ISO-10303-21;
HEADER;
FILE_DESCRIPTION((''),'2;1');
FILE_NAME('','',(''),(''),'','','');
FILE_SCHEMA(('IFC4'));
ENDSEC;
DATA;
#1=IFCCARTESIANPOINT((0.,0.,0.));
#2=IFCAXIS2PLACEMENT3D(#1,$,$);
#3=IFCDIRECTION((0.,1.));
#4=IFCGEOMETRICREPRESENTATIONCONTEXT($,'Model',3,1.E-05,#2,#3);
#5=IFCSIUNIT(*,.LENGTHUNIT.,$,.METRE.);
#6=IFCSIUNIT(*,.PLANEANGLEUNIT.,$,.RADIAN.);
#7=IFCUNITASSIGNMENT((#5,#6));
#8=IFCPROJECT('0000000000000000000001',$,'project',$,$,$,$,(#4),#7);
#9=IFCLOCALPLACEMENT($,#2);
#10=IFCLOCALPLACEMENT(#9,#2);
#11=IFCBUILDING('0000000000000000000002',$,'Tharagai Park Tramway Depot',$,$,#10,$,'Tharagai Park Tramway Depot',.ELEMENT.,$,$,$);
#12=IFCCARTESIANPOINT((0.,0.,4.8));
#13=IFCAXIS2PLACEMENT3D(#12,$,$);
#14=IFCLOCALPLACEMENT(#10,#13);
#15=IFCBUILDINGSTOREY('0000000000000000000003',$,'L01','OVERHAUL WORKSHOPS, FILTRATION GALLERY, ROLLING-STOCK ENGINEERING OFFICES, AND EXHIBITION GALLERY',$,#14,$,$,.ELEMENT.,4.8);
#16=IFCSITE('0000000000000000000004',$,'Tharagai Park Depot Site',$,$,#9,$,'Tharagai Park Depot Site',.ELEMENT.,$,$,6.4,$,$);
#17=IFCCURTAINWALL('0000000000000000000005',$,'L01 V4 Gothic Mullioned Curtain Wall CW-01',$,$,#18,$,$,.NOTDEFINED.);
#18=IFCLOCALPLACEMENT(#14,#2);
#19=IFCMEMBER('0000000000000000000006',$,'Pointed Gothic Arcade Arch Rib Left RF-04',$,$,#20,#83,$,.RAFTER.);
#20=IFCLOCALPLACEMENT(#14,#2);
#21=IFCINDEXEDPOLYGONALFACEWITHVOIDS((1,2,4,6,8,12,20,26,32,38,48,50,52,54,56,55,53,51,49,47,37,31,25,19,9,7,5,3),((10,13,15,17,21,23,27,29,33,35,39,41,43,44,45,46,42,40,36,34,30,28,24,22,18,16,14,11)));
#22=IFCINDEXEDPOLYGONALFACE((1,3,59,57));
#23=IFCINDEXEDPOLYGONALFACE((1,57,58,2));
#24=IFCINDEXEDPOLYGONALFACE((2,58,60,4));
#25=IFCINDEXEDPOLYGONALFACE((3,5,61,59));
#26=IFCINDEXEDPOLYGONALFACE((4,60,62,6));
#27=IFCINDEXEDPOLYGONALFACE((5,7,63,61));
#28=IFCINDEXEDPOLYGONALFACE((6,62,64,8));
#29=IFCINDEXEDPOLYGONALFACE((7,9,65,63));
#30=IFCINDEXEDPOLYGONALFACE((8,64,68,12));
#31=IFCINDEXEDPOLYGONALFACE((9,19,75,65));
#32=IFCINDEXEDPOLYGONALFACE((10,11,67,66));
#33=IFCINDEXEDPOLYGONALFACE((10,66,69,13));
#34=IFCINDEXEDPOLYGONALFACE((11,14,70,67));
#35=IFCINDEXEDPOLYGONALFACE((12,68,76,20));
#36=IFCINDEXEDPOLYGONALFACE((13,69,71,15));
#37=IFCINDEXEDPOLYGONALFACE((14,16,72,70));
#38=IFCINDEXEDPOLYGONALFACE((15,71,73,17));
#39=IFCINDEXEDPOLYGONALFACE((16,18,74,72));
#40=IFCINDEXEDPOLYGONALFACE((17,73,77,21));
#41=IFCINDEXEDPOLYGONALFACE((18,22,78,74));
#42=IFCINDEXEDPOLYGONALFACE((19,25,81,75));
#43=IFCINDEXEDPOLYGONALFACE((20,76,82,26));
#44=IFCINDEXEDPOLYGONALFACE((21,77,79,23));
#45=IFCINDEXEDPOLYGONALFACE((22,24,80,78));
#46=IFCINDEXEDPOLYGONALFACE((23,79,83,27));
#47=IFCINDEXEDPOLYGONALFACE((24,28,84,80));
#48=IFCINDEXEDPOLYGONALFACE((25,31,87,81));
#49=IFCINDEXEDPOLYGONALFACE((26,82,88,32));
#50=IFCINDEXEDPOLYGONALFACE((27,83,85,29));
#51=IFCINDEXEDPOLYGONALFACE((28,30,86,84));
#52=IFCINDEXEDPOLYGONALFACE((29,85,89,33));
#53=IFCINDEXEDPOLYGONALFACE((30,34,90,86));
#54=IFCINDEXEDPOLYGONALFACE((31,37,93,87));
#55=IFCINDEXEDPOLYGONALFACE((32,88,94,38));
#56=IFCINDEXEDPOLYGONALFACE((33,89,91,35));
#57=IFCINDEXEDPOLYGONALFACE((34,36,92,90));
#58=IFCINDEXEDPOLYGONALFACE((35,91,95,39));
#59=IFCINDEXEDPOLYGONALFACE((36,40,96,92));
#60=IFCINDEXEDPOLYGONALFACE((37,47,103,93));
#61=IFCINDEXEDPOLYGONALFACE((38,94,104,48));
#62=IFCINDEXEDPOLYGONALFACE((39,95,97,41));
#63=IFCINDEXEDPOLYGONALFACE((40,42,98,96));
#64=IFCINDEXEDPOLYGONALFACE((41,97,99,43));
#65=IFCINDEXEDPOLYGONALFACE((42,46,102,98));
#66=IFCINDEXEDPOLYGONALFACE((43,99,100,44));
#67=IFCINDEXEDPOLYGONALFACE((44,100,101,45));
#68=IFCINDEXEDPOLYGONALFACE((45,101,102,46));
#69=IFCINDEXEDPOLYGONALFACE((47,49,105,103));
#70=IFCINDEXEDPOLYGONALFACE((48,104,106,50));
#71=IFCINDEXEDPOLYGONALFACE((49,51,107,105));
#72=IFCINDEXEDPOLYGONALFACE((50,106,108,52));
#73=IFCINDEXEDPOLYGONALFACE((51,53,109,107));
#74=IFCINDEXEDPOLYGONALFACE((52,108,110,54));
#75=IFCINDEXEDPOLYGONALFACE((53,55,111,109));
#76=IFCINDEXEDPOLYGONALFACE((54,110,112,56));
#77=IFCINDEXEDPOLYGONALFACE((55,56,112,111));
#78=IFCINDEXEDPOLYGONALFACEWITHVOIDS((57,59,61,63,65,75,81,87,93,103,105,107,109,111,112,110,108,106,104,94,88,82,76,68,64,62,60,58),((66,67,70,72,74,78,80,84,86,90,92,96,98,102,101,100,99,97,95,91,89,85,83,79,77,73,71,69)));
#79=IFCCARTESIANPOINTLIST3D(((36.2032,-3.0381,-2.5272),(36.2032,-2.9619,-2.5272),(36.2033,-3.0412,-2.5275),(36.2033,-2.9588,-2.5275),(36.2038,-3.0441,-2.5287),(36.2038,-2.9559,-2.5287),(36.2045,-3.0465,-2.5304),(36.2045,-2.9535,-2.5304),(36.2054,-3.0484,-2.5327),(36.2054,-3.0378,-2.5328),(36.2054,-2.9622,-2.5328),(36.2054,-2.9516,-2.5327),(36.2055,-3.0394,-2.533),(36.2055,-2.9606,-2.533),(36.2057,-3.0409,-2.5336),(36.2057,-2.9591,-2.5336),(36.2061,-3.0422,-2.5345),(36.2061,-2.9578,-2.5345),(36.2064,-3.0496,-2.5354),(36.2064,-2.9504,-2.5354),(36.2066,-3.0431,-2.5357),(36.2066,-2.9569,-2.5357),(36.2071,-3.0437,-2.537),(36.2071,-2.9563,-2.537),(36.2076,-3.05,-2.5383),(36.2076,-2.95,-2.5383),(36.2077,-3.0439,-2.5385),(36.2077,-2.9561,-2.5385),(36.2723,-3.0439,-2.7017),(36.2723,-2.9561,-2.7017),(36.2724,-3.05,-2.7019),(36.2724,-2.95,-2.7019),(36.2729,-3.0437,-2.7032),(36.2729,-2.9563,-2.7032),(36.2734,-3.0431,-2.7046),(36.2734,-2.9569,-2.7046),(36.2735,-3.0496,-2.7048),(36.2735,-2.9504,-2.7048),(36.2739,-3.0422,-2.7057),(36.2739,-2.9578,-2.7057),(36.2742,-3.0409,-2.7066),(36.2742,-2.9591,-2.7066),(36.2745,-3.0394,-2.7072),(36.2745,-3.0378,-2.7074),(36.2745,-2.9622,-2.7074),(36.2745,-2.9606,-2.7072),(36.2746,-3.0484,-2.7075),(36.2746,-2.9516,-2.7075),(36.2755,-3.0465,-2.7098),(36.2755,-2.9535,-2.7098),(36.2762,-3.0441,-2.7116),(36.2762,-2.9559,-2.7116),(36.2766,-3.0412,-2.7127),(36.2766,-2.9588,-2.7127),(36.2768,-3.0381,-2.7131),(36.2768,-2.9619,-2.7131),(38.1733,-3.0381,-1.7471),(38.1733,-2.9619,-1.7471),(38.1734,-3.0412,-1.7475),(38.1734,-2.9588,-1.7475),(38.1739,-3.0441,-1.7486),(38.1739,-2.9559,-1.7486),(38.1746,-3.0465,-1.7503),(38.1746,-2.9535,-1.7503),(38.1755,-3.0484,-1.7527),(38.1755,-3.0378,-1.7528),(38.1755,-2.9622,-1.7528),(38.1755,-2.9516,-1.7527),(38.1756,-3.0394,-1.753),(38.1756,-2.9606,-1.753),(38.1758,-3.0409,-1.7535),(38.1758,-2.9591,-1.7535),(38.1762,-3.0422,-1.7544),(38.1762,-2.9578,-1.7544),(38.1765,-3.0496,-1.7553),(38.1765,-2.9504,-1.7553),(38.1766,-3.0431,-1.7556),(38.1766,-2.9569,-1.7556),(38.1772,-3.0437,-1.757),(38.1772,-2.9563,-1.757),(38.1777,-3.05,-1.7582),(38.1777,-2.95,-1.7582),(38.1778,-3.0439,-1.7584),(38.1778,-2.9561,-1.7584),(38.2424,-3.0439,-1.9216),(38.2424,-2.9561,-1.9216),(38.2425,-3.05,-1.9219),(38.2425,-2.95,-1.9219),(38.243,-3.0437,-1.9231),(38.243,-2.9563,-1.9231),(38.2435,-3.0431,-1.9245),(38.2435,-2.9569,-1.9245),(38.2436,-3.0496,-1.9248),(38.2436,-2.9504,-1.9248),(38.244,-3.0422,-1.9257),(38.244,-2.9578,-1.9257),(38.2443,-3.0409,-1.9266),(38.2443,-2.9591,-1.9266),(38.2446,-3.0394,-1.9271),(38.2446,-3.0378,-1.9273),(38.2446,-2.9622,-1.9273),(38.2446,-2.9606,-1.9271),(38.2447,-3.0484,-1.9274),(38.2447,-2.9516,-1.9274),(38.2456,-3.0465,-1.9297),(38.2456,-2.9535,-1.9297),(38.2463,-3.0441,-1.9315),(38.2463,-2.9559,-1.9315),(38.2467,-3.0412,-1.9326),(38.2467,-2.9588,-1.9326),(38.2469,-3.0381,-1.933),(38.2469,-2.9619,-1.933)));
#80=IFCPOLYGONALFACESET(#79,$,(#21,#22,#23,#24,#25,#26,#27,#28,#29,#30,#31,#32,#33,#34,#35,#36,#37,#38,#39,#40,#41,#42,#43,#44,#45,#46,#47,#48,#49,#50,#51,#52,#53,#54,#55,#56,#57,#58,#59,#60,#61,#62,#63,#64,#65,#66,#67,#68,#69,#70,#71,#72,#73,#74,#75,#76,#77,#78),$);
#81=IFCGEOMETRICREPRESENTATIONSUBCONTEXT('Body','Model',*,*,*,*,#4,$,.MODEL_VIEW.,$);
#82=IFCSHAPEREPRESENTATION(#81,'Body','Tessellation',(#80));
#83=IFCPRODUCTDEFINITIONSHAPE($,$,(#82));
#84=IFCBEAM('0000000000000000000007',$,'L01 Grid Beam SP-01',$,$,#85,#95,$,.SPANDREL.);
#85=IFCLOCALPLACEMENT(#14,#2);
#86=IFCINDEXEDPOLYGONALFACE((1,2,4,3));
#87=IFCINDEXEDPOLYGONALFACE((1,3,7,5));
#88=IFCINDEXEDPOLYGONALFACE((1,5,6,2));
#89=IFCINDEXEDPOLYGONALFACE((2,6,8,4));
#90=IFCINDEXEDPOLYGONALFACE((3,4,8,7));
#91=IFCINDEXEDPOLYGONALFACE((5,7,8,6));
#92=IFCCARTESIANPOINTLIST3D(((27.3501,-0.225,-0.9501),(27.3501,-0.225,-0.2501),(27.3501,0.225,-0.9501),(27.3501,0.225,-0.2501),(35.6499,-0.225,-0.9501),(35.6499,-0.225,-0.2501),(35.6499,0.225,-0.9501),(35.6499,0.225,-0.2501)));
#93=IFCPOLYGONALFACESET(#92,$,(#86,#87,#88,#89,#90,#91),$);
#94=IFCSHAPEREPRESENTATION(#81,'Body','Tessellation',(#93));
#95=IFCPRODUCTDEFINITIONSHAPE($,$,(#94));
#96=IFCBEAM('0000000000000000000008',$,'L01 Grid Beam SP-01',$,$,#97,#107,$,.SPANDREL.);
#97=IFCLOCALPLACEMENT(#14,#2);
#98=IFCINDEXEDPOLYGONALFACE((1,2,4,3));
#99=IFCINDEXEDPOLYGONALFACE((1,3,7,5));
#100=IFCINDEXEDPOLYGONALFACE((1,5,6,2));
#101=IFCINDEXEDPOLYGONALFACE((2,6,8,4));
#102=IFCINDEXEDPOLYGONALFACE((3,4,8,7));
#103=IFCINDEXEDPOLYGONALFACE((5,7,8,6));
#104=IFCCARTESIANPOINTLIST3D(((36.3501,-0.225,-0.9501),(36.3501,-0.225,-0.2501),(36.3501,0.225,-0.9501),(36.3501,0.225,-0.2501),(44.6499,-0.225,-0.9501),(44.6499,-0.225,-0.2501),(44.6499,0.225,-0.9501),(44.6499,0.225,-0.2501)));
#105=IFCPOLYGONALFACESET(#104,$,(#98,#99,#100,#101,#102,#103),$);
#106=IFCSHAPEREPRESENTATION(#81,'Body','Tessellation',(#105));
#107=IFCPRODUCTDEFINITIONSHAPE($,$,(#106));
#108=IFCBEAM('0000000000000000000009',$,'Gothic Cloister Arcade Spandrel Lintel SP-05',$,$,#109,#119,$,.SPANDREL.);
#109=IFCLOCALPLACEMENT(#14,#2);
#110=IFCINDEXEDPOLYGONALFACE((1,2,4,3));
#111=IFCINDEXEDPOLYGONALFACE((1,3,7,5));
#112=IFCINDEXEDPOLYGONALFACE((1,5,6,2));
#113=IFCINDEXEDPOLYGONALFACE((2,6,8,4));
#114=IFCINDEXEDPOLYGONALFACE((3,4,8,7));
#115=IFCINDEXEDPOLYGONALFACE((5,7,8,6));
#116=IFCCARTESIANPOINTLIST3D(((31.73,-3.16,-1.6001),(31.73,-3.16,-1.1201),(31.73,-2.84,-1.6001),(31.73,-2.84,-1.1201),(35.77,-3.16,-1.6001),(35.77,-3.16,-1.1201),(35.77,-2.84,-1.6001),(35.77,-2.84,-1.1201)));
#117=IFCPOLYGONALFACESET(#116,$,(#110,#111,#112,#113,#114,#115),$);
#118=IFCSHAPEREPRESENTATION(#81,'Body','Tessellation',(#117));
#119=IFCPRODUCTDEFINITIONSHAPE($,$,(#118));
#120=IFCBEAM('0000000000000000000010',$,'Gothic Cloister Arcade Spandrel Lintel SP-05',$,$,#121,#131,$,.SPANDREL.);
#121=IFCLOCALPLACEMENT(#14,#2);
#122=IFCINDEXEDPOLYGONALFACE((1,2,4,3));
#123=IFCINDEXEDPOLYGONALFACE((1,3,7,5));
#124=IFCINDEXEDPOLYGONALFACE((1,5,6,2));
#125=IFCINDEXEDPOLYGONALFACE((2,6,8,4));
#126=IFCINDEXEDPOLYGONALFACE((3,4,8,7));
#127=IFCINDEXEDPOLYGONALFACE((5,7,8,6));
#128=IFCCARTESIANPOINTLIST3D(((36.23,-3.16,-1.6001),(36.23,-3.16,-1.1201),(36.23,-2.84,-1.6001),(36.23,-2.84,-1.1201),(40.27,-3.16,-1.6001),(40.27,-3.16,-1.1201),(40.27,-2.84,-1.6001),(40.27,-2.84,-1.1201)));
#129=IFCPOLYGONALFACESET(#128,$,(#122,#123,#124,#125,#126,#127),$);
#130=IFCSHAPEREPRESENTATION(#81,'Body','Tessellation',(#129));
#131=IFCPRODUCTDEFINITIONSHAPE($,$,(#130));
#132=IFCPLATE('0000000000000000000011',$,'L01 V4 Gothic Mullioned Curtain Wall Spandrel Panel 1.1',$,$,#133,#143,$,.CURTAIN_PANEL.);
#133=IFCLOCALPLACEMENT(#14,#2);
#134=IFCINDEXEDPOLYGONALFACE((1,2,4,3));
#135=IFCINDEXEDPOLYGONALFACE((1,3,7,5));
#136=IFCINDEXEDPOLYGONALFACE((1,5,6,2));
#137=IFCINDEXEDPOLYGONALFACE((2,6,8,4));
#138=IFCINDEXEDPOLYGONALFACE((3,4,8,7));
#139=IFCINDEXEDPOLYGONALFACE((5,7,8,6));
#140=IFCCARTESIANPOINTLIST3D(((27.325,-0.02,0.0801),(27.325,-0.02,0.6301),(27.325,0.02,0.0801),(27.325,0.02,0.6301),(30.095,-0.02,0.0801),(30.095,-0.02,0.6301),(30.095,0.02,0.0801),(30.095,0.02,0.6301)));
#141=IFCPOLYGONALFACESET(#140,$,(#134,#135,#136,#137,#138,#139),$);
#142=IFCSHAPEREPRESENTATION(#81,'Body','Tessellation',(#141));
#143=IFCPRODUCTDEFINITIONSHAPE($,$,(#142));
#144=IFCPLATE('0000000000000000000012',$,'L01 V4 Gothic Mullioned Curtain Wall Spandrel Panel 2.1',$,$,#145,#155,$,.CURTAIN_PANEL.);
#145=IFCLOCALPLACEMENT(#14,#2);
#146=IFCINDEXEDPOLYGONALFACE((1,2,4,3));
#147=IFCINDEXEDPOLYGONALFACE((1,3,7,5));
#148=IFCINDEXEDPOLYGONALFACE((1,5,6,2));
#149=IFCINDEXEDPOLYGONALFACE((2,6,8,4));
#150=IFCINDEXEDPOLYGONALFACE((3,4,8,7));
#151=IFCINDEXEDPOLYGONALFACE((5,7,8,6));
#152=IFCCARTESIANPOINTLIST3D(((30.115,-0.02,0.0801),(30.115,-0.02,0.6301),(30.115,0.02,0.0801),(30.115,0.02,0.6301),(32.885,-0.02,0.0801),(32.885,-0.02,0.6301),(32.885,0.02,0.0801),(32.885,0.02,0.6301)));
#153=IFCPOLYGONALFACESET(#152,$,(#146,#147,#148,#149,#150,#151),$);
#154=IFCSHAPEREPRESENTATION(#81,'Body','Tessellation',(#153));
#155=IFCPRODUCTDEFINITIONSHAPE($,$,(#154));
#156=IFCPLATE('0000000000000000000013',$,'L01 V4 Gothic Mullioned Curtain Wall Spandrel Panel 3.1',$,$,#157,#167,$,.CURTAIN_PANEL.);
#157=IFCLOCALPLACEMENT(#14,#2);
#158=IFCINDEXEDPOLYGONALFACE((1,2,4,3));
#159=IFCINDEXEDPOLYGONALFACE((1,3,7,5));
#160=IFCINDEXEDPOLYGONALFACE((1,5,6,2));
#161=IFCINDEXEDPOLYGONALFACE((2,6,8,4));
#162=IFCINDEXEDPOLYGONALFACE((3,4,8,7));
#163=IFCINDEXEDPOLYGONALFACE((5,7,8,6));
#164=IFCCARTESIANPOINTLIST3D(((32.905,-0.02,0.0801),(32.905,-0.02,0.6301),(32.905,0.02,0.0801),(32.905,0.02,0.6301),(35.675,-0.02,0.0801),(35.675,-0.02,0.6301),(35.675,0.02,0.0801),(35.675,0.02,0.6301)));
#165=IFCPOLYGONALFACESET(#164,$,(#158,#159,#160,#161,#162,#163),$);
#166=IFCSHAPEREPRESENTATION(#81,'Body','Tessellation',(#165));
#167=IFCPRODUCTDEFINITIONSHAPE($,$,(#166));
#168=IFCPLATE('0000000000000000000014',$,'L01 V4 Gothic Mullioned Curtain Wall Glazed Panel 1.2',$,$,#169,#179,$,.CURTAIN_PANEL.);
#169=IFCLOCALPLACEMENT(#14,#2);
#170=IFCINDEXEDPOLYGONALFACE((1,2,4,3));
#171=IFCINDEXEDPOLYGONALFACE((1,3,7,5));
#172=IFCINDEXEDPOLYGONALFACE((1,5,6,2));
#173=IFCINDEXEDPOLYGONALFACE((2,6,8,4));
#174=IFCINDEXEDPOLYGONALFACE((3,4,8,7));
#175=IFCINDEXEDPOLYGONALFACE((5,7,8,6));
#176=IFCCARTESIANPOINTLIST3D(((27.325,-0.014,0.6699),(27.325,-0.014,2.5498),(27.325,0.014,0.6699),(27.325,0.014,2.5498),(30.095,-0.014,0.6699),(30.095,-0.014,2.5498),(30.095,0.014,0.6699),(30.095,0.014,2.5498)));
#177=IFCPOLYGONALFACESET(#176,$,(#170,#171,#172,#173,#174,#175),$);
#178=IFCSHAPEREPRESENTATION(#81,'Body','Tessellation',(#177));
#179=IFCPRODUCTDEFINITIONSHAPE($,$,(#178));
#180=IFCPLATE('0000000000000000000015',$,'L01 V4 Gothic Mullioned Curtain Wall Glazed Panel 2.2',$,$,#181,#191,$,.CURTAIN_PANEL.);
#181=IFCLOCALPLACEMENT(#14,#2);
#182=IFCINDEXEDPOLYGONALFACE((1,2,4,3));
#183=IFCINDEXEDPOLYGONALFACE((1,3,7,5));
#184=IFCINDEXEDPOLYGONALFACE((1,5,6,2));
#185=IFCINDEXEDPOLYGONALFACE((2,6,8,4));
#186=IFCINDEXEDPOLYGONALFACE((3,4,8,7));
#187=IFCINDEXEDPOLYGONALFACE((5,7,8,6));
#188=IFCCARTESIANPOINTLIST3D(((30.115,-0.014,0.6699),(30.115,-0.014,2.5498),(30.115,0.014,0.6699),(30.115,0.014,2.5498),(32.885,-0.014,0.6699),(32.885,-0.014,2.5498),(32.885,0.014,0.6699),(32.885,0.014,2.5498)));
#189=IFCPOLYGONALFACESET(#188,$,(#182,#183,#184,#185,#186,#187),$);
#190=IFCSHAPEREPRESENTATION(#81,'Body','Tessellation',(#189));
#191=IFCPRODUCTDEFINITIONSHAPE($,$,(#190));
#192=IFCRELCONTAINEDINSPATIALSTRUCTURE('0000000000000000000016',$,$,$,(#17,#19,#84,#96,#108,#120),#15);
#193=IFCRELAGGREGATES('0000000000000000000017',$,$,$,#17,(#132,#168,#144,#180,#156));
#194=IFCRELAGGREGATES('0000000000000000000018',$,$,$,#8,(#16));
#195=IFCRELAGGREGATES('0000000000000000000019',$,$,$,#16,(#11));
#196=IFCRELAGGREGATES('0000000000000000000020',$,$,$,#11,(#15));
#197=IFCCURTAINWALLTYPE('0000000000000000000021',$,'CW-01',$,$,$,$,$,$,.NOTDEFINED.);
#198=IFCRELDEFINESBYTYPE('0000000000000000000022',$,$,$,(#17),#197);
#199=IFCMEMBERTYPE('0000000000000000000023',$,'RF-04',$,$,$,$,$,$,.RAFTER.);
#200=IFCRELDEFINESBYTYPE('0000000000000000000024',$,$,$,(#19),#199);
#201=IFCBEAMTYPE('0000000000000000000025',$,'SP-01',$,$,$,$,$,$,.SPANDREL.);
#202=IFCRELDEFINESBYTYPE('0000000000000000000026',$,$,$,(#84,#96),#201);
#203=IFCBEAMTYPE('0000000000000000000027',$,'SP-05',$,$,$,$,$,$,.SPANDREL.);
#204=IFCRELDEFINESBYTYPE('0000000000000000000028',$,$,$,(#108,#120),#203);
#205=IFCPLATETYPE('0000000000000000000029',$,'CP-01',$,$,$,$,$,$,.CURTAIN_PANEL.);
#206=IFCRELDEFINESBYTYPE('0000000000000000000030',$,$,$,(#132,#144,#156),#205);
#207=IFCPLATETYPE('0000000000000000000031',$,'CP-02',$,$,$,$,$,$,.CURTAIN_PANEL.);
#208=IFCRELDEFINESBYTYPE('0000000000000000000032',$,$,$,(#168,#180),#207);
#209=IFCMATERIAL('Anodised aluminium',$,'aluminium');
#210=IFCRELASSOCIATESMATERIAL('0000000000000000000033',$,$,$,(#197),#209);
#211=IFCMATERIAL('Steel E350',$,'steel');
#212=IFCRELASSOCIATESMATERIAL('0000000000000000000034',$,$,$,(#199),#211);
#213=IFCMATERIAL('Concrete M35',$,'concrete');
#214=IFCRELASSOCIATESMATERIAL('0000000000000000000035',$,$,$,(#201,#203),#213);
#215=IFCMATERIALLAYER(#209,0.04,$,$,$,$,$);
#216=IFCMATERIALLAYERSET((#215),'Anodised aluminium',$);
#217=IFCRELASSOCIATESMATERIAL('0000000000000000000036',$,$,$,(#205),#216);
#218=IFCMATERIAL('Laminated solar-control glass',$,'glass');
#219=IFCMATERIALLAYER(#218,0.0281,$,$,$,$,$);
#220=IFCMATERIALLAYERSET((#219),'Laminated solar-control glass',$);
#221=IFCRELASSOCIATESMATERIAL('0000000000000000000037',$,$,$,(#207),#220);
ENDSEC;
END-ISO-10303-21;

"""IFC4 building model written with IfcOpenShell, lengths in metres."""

from ifc_helpers import new_model, si_unit, direction, frame, origin, origin_2d, place, context, subcontext, project, spatial, rectangle, hollow_rectangle, extrude, material, layer, layer_set, material_profile, profile_set, type_object, element, aggregate, save


model = new_model("IFC4")

# Units and contexts
model_context = context("Model", 3, precision=1e-05, world=origin(), true_north=direction((0.0, 1.0)))
body_context = subcontext(model_context, "Body", "Model", "MODEL_VIEW")
ifc_project = project(units=[si_unit("LENGTHUNIT", "METRE"), si_unit("PLANEANGLEUNIT", "RADIAN")], contexts=[model_context])

# Site, building, storey
site_placement = place(None, origin())
site = spatial("IfcSite", under=ifc_project, at=site_placement, Name="Tharagai Park Depot Site", LongName="Tharagai Park Depot Site", CompositionType="ELEMENT", RefElevation=6.4)
building_placement = place(site_placement, origin())
building = spatial("IfcBuilding", under=site, at=building_placement, Name="Tharagai Park Tramway Depot", LongName="Tharagai Park Tramway Depot", CompositionType="ELEMENT")
storey_placement = place(building_placement, frame((0.0, 0.0, 4.8)))
storey = spatial("IfcBuildingStorey", under=building, at=storey_placement, Name="L01", Description="OVERHAUL WORKSHOPS, FILTRATION GALLERY, ROLLING-STOCK ENGINEERING OFFICES, AND EXHIBITION GALLERY", CompositionType="ELEMENT", Elevation=4.8)

# Shared definitions
ifc_material_1 = material(Name="Concrete M35", Category="concrete")

# Curtain wall
ifc_material_2 = material(Name="Anodised aluminium", Category="aluminium")
curtain_wall_type = type_object("IfcCurtainWallType", Name="CW-01", PredefinedType="NOTDEFINED", material=ifc_material_2)
curtain_wall_placement = place(storey_placement, origin())
curtain_wall = element("IfcCurtainWall", 1, at=curtain_wall_placement, inside=storey, type_object=curtain_wall_type, Name="L01 V4 Gothic Mullioned Curtain Wall CW-01", PredefinedType="NOTDEFINED")

# Member
ifc_material_3 = material(Name="Steel E350", Category="steel")
ifc_material_profile_1 = material_profile(ifc_material_3, hollow_rectangle(XDim=0.1001, YDim=0.2, WallThickness=0.0061, InnerFilletRadius=0.0061, OuterFilletRadius=0.012, at=origin_2d()), Name="RHS 200x100x6")
ifc_profile_set_1 = profile_set([ifc_material_profile_1], Name="Steel E350")
member_type_1 = type_object("IfcMemberType", Name="RF-04", PredefinedType="RAFTER", material=ifc_profile_set_1)
for number, where, z_axis, x_axis, name in (
    (2, (36.24, -3.0, -2.6201), (0.929766, 0.0, 0.36815), (0.0, 1.0, 0.0), "Pointed Gothic Arcade Arch Rib Left RF-04"),
):
    element("IfcMember", number, at=place(storey_placement, frame(where, z_axis=z_axis, x_axis=x_axis)), inside=storey, type_object=member_type_1, Name=name, PredefinedType="RAFTER", context=body_context, shape_type="SweptSolid", body=[
        extrude(hollow_rectangle(XDim=0.1001, YDim=0.2, WallThickness=0.0061, InnerFilletRadius=0.0061, OuterFilletRadius=0.012, at=origin_2d()), origin(), (0.0, 0.0, 1.0), 2.1189),
    ])

# Beams
ifc_material_profile_2 = material_profile(ifc_material_1, rectangle(XDim=0.45, YDim=0.7, at=origin_2d()), Name="RC 450x700")
ifc_profile_set_2 = profile_set([ifc_material_profile_2], Name="Concrete M35")
beam_type_1 = type_object("IfcBeamType", Name="SP-01", PredefinedType="SPANDREL", material=ifc_profile_set_2)
for number, where, z_axis, x_axis, name in (
    (3, (27.3501, 0.0, -0.6001), (1.0, 0.0, 0.0), (0.0, 1.0, 0.0), "L01 Grid Beam SP-01"),
    (4, (36.3501, 0.0, -0.6001), (1.0, 0.0, 0.0), (0.0, 1.0, 0.0), "L01 Grid Beam SP-01"),
):
    element("IfcBeam", number, at=place(storey_placement, frame(where, z_axis=z_axis, x_axis=x_axis)), inside=storey, type_object=beam_type_1, Name=name, PredefinedType="SPANDREL", context=body_context, shape_type="SweptSolid", body=[
        extrude(rectangle(XDim=0.45, YDim=0.7, at=origin_2d()), origin(), (0.0, 0.0, 1.0), 8.2998),
    ])
ifc_material_profile_3 = material_profile(ifc_material_1, rectangle(XDim=0.3201, YDim=0.48, at=origin_2d()), Name="RC 320x480")
ifc_profile_set_3 = profile_set([ifc_material_profile_3], Name="Concrete M35")
beam_type_2 = type_object("IfcBeamType", Name="SP-05", PredefinedType="SPANDREL", material=ifc_profile_set_3)
for number, where, z_axis, x_axis, name in (
    (5, (31.73, -3.0, -1.3601), (1.0, 0.0, 0.0), (0.0, 1.0, 0.0), "Gothic Cloister Arcade Spandrel Lintel SP-05"),
    (6, (36.23, -3.0, -1.3601), (1.0, 0.0, 0.0), (0.0, 1.0, 0.0), "Gothic Cloister Arcade Spandrel Lintel SP-05"),
):
    element("IfcBeam", number, at=place(storey_placement, frame(where, z_axis=z_axis, x_axis=x_axis)), inside=storey, type_object=beam_type_2, Name=name, PredefinedType="SPANDREL", context=body_context, shape_type="SweptSolid", body=[
        extrude(rectangle(XDim=0.3201, YDim=0.48, at=origin_2d()), origin(), (0.0, 0.0, 1.0), 4.04),
    ])

# Plates
ifc_layer_1 = layer(ifc_material_2, 0.04)
ifc_layer_set_1 = layer_set([ifc_layer_1], Name="Anodised aluminium")
plate_type_1 = type_object("IfcPlateType", Name="CP-01", PredefinedType="CURTAIN_PANEL", material=ifc_layer_set_1)
plate_1_placement = place(storey_placement, frame((28.71, 0.0, 0.0801), z_axis=(0.0, 0.0, 1.0), x_axis=(1.0, 0.0, 0.0)))
plate_1 = element("IfcPlate", 7, at=plate_1_placement, type_object=plate_type_1, Name="L01 V4 Gothic Mullioned Curtain Wall Spandrel Panel 1.1", PredefinedType="CURTAIN_PANEL", context=body_context, shape_type="SweptSolid", body=[
    extrude(rectangle(XDim=2.77, YDim=0.04, at=origin_2d()), origin(), (0.0, 0.0, 1.0), 0.55),
])
plate_2_placement = place(storey_placement, frame((31.5, 0.0, 0.0801), z_axis=(0.0, 0.0, 1.0), x_axis=(1.0, 0.0, 0.0)))
plate_2 = element("IfcPlate", 8, at=plate_2_placement, type_object=plate_type_1, Name="L01 V4 Gothic Mullioned Curtain Wall Spandrel Panel 2.1", PredefinedType="CURTAIN_PANEL", context=body_context, shape_type="SweptSolid", body=[
    extrude(rectangle(XDim=2.77, YDim=0.04, at=origin_2d()), origin(), (0.0, 0.0, 1.0), 0.55),
])
plate_3_placement = place(storey_placement, frame((34.29, 0.0, 0.0801), z_axis=(0.0, 0.0, 1.0), x_axis=(1.0, 0.0, 0.0)))
plate_3 = element("IfcPlate", 9, at=plate_3_placement, type_object=plate_type_1, Name="L01 V4 Gothic Mullioned Curtain Wall Spandrel Panel 3.1", PredefinedType="CURTAIN_PANEL", context=body_context, shape_type="SweptSolid", body=[
    extrude(rectangle(XDim=2.77, YDim=0.04, at=origin_2d()), origin(), (0.0, 0.0, 1.0), 0.55),
])
ifc_material_4 = material(Name="Laminated solar-control glass", Category="glass")
ifc_layer_2 = layer(ifc_material_4, 0.0281)
ifc_layer_set_2 = layer_set([ifc_layer_2], Name="Laminated solar-control glass")
plate_type_2 = type_object("IfcPlateType", Name="CP-02", PredefinedType="CURTAIN_PANEL", material=ifc_layer_set_2)
plate_4_placement = place(storey_placement, frame((28.71, 0.0, 0.6699), z_axis=(0.0, 0.0, 1.0), x_axis=(1.0, 0.0, 0.0)))
plate_4 = element("IfcPlate", 10, at=plate_4_placement, type_object=plate_type_2, Name="L01 V4 Gothic Mullioned Curtain Wall Glazed Panel 1.2", PredefinedType="CURTAIN_PANEL", context=body_context, shape_type="SweptSolid", body=[
    extrude(rectangle(XDim=2.77, YDim=0.0281, at=origin_2d()), origin(), (0.0, 0.0, 1.0), 1.8799),
])
plate_5_placement = place(storey_placement, frame((31.5, 0.0, 0.6699), z_axis=(0.0, 0.0, 1.0), x_axis=(1.0, 0.0, 0.0)))
plate_5 = element("IfcPlate", 11, at=plate_5_placement, type_object=plate_type_2, Name="L01 V4 Gothic Mullioned Curtain Wall Glazed Panel 2.2", PredefinedType="CURTAIN_PANEL", context=body_context, shape_type="SweptSolid", body=[
    extrude(rectangle(XDim=2.77, YDim=0.0281, at=origin_2d()), origin(), (0.0, 0.0, 1.0), 1.8799),
])
aggregate(curtain_wall, [plate_1, plate_4, plate_2, plate_5, plate_3])

save(model, "model.ifc")
